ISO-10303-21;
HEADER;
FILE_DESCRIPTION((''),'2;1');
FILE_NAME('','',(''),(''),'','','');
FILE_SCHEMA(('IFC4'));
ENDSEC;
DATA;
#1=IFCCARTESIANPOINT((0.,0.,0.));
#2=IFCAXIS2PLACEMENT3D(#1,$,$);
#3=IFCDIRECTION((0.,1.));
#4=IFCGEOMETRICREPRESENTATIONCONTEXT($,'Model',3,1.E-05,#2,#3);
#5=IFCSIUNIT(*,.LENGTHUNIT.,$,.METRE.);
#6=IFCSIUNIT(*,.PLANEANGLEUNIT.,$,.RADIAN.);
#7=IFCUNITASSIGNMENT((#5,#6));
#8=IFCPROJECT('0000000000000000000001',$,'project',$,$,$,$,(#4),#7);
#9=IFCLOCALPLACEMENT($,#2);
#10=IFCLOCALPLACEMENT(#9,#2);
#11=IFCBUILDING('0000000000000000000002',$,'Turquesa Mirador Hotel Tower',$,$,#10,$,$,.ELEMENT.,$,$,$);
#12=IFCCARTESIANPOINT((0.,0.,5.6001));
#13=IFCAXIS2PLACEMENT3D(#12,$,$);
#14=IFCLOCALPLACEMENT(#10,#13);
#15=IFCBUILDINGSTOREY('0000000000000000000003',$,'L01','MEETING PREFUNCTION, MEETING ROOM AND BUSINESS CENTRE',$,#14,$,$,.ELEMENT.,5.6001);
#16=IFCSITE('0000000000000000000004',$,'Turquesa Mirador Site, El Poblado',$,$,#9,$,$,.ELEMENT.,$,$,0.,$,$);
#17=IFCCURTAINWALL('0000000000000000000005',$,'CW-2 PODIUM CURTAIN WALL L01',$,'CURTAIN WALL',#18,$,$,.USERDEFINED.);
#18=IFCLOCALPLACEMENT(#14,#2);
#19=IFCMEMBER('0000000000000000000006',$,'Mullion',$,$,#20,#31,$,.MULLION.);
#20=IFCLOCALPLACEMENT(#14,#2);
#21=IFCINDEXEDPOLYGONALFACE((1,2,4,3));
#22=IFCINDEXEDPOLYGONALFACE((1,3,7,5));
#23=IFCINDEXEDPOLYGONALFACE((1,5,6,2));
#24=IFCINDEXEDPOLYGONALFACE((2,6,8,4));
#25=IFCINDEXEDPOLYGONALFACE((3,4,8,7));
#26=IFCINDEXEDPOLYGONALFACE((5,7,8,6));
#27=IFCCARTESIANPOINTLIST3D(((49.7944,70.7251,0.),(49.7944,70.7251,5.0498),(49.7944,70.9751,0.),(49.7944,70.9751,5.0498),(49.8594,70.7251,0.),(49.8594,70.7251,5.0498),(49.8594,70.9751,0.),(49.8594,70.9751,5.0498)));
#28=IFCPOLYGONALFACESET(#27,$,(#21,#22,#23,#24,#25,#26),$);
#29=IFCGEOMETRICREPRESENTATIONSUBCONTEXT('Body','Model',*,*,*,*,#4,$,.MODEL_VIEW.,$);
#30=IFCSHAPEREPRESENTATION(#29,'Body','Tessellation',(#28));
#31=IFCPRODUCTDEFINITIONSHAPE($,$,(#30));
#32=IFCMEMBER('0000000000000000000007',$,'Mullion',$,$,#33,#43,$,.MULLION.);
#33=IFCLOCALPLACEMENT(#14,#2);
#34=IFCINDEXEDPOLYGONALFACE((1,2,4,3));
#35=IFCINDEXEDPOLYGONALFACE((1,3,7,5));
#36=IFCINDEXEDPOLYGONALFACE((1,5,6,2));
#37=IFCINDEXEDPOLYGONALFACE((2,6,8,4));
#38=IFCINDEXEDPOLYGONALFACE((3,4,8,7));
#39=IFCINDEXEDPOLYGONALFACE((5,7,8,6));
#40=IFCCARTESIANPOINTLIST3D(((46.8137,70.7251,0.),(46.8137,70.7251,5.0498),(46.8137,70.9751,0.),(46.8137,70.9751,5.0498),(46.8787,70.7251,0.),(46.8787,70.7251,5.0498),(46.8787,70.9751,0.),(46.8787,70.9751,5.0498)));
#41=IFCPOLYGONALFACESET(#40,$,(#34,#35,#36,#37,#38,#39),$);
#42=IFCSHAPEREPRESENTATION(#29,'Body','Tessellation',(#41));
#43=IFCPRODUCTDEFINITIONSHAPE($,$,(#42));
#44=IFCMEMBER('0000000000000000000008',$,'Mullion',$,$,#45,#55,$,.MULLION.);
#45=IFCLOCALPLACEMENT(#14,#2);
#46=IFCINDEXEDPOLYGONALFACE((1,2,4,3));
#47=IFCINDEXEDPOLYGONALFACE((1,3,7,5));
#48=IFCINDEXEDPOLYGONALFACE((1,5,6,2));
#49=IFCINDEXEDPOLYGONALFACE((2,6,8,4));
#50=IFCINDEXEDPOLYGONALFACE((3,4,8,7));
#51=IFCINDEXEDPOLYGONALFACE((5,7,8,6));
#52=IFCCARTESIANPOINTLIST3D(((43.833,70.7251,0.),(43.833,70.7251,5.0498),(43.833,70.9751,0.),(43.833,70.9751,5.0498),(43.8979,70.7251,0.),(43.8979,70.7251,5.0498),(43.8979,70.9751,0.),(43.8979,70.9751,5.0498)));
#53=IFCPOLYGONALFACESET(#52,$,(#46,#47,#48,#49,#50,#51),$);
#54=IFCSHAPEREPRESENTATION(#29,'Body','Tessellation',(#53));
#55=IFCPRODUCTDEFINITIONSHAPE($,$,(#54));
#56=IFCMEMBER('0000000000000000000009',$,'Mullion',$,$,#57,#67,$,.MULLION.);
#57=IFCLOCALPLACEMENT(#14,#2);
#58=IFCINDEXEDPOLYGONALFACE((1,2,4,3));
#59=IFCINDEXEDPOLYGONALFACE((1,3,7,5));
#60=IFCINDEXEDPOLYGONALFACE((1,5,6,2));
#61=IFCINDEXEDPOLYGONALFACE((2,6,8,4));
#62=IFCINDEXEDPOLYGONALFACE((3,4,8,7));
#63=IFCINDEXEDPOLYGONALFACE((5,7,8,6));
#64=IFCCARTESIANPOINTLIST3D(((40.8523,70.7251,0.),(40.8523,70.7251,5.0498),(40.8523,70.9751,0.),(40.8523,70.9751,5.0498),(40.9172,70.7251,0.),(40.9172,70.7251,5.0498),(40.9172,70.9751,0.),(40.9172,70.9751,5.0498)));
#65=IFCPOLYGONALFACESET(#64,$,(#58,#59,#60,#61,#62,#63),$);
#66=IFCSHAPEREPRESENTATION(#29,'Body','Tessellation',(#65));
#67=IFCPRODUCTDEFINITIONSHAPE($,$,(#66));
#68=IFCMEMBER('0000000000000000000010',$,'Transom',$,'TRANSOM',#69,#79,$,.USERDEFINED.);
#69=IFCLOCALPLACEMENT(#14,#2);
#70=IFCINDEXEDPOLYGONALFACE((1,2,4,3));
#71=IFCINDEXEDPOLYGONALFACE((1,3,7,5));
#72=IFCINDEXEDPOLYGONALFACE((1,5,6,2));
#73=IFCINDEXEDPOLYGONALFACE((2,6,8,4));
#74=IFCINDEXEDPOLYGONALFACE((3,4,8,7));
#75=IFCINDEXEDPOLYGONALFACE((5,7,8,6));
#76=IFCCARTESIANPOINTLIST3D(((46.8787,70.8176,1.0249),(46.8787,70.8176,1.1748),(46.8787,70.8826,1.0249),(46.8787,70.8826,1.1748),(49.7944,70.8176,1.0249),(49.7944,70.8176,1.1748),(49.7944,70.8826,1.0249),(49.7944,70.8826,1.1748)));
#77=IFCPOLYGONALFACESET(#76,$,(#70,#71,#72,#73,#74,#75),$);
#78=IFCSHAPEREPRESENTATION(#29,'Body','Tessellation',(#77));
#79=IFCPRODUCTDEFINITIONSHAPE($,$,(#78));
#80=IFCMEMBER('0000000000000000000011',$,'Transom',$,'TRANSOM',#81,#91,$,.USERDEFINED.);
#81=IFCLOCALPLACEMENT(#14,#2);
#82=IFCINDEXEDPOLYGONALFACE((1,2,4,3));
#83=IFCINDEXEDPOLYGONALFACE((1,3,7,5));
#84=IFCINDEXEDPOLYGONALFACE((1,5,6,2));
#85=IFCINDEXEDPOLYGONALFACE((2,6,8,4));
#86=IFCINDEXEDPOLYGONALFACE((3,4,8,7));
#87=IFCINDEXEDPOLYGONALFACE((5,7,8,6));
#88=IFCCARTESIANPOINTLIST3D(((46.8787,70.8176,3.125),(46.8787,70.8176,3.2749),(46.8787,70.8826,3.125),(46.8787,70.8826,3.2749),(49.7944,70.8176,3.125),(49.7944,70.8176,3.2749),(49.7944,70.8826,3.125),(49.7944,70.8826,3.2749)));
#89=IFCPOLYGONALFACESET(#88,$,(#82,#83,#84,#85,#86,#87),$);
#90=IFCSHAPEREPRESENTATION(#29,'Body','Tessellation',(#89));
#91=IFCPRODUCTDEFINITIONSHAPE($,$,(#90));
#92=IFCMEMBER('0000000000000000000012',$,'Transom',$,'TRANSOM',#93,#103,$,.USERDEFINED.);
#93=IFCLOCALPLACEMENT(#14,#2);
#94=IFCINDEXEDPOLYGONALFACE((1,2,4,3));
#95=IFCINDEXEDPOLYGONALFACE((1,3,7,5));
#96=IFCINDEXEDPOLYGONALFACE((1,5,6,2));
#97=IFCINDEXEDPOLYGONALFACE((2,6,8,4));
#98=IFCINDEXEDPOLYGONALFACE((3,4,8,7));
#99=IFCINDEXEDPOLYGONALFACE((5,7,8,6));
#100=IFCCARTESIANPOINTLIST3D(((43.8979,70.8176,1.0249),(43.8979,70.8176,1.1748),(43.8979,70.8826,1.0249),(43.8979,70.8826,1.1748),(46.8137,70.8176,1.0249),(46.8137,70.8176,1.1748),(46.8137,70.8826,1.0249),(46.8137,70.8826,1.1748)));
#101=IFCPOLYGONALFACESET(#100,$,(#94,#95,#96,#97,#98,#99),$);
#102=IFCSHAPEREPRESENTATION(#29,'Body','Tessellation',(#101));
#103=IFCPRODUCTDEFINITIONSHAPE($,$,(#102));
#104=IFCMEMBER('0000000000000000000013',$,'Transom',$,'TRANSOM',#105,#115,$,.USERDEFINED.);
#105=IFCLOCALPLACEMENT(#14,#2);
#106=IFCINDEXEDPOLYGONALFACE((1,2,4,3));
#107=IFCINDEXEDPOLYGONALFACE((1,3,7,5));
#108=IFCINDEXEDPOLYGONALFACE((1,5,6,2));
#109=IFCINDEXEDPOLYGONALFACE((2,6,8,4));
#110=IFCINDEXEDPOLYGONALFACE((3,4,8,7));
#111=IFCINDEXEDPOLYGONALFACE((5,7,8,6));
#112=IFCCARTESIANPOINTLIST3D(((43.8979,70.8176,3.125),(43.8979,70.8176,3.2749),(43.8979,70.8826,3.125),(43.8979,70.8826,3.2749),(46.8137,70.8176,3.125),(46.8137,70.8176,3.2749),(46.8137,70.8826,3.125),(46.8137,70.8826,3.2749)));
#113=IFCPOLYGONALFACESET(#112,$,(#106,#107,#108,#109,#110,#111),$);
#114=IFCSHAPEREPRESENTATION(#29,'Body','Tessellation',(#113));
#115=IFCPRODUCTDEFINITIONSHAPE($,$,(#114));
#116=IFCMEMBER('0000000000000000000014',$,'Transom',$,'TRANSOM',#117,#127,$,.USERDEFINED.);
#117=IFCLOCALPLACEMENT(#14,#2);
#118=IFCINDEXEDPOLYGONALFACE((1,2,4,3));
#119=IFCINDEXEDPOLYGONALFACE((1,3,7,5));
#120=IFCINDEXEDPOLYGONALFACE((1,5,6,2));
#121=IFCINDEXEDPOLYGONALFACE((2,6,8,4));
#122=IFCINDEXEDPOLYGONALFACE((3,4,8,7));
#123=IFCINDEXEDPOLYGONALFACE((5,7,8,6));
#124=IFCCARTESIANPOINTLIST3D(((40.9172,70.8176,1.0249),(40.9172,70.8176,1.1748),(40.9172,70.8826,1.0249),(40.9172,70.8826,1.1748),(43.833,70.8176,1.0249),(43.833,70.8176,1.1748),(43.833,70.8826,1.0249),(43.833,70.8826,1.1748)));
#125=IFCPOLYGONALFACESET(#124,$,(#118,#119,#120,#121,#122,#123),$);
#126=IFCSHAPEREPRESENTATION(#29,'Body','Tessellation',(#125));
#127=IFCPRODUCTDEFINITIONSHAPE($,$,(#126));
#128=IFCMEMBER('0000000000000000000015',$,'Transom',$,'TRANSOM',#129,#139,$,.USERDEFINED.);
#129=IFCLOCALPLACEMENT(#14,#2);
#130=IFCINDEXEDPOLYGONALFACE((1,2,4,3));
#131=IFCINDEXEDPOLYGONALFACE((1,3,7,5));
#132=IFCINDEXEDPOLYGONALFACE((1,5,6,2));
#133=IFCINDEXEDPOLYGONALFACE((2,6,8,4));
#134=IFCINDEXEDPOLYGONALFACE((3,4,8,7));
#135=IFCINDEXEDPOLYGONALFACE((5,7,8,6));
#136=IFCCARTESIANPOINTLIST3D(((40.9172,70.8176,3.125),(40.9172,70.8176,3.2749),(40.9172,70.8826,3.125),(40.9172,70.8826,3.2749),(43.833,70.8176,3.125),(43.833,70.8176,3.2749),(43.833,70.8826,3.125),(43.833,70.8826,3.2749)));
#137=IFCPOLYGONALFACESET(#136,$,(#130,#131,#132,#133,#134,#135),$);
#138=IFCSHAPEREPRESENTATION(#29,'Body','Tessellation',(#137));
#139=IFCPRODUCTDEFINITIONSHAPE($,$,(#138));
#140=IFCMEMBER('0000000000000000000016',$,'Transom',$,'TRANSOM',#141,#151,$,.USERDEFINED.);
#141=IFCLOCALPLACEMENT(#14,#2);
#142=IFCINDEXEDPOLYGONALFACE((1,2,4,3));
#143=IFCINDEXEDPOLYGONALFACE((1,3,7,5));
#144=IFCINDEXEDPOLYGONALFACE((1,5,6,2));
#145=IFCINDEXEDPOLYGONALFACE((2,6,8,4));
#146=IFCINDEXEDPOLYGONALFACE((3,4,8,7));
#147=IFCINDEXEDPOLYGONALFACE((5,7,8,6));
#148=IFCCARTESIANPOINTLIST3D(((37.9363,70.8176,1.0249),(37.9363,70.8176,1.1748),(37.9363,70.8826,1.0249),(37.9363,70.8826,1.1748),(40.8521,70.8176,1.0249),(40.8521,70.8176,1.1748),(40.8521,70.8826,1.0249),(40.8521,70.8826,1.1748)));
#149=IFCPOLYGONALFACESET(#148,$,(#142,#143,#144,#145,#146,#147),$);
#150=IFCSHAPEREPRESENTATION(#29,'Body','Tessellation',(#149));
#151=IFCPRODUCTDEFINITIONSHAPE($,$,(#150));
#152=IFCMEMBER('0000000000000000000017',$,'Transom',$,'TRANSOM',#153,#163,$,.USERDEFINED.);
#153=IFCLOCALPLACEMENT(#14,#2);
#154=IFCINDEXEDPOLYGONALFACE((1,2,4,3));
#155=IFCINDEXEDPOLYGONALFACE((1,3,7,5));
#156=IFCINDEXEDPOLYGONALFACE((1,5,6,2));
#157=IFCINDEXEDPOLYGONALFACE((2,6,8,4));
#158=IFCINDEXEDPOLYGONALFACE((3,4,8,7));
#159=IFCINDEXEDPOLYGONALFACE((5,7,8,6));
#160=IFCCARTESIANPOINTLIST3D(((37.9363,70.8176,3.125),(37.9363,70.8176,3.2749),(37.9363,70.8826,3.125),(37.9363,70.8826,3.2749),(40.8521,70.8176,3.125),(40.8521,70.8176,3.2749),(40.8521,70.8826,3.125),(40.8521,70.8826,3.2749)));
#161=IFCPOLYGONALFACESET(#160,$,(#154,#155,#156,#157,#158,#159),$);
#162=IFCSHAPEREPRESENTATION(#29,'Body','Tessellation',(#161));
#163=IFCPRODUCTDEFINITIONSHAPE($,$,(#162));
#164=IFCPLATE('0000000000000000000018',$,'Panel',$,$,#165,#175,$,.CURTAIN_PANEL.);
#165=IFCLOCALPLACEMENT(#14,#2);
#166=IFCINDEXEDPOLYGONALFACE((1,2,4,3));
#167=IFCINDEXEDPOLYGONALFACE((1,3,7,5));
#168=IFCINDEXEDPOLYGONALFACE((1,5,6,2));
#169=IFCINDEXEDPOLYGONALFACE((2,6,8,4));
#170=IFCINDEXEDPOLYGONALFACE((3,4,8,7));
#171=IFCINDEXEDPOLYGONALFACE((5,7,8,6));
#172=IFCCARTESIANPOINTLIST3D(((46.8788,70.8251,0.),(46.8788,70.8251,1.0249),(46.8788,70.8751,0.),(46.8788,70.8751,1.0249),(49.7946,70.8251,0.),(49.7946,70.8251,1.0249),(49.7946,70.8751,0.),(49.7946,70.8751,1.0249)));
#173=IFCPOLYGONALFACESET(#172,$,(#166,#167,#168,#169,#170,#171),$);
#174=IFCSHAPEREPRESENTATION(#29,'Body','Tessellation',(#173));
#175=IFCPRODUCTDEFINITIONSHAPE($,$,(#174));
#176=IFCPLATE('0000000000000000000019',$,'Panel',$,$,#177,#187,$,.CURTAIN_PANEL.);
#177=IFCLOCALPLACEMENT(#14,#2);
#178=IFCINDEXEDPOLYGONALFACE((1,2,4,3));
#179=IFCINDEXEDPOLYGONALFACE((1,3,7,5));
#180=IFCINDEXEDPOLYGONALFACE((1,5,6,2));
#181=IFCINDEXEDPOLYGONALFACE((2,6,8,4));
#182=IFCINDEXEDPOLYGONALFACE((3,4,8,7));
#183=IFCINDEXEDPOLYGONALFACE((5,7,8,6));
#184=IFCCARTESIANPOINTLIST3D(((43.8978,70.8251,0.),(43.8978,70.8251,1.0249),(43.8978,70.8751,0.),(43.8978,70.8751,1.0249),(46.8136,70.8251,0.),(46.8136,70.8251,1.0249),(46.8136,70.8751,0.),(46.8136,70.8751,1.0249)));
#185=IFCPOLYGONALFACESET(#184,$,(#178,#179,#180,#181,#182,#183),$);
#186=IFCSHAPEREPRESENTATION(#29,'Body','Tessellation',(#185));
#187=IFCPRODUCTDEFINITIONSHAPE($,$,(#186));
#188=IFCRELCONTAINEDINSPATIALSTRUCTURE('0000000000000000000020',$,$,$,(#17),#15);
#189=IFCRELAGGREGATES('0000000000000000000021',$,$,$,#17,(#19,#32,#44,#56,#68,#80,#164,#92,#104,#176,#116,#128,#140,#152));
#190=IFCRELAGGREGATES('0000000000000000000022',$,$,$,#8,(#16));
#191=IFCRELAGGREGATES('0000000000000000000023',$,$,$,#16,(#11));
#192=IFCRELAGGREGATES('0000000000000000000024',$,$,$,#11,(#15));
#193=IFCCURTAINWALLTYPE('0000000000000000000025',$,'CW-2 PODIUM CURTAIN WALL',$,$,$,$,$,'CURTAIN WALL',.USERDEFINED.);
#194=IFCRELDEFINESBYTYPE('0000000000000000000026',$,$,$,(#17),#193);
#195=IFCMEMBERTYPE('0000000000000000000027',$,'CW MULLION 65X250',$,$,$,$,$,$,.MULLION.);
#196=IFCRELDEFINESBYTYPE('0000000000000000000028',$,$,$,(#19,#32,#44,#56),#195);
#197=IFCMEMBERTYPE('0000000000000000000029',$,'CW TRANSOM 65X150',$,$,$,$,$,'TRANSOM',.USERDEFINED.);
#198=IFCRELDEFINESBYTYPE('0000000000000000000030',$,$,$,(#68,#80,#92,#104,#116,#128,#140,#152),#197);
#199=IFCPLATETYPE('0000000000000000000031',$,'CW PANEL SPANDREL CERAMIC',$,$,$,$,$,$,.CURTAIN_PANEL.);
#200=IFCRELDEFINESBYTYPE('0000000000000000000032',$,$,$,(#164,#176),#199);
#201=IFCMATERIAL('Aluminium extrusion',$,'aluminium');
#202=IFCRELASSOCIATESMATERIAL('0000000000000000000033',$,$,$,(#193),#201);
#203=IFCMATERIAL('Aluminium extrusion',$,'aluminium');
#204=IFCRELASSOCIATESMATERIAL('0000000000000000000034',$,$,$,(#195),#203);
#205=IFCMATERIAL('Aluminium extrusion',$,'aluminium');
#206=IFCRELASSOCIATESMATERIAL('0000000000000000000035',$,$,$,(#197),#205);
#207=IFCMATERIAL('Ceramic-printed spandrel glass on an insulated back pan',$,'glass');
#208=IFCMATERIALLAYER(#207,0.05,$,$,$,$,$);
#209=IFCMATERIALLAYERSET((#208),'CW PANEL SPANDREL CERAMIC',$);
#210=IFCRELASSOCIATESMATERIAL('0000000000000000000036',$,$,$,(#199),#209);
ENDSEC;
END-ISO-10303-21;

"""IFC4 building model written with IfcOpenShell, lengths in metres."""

from ifc_helpers import new_model, si_unit, direction, frame, origin, origin_2d, place, context, subcontext, project, spatial, rectangle, extrude, material, layer, layer_set, material_profile, profile_set, type_object, element, aggregate, save


model = new_model("IFC4")

# Units and contexts
model_context = context("Model", 3, precision=1e-05, world=origin(), true_north=direction((0.0, 1.0)))
body_context = subcontext(model_context, "Body", "Model", "MODEL_VIEW")
ifc_project = project(units=[si_unit("LENGTHUNIT", "METRE"), si_unit("PLANEANGLEUNIT", "RADIAN")], contexts=[model_context])

# Site, building, storey
site_placement = place(None, origin())
site = spatial("IfcSite", under=ifc_project, at=site_placement, Name="Turquesa Mirador Site, El Poblado", CompositionType="ELEMENT", RefElevation=0.0)
building_placement = place(site_placement, origin())
building = spatial("IfcBuilding", under=site, at=building_placement, Name="Turquesa Mirador Hotel Tower", CompositionType="ELEMENT")
storey_placement = place(building_placement, frame((0.0, 0.0, 5.6001)))
storey = spatial("IfcBuildingStorey", under=building, at=storey_placement, Name="L01", Description="MEETING PREFUNCTION, MEETING ROOM AND BUSINESS CENTRE", CompositionType="ELEMENT", Elevation=5.6001)

# Curtain wall, members, plates
ifc_material_1 = material(Name="Aluminium extrusion", Category="aluminium")
curtain_wall_type = type_object("IfcCurtainWallType", Name="CW-2 PODIUM CURTAIN WALL", ElementType="CURTAIN WALL", PredefinedType="USERDEFINED", material=ifc_material_1)
curtain_wall_placement = place(storey_placement, origin())
curtain_wall = element("IfcCurtainWall", 1, at=curtain_wall_placement, inside=storey, type_object=curtain_wall_type, Name="CW-2 PODIUM CURTAIN WALL L01", ObjectType="CURTAIN WALL", PredefinedType="USERDEFINED")
ifc_material_2 = material(Name="Aluminium extrusion", Category="aluminium")
ifc_material_profile_1 = material_profile(ifc_material_2, rectangle(XDim=0.0649, YDim=0.25, at=origin_2d()), Name="MULLION 65X250")
ifc_profile_set_1 = profile_set([ifc_material_profile_1], Name="Aluminium extrusion")
member_type_1 = type_object("IfcMemberType", Name="CW MULLION 65X250", PredefinedType="MULLION", material=ifc_profile_set_1)
member_1_placement = place(storey_placement, frame((49.8269, 70.8501, 0.0), z_axis=(0.0, 0.0, 1.0), x_axis=(-1.0, 0.0, 0.0)))
member_1 = element("IfcMember", 2, at=member_1_placement, type_object=member_type_1, Name="Mullion", PredefinedType="MULLION", context=body_context, shape_type="SweptSolid", body=[
    extrude(rectangle(XDim=0.0649, YDim=0.25, at=origin_2d()), origin(), (0.0, 0.0, 1.0), 5.0498),
])
member_2_placement = place(storey_placement, frame((46.8462, 70.8501, 0.0), z_axis=(0.0, 0.0, 1.0), x_axis=(-1.0, 0.0, 0.0)))
member_2 = element("IfcMember", 3, at=member_2_placement, type_object=member_type_1, Name="Mullion", PredefinedType="MULLION", context=body_context, shape_type="SweptSolid", body=[
    extrude(rectangle(XDim=0.0649, YDim=0.25, at=origin_2d()), origin(), (0.0, 0.0, 1.0), 5.0498),
])
member_3_placement = place(storey_placement, frame((43.8655, 70.8501, 0.0), z_axis=(0.0, 0.0, 1.0), x_axis=(-1.0, 0.0, 0.0)))
member_3 = element("IfcMember", 4, at=member_3_placement, type_object=member_type_1, Name="Mullion", PredefinedType="MULLION", context=body_context, shape_type="SweptSolid", body=[
    extrude(rectangle(XDim=0.0649, YDim=0.25, at=origin_2d()), origin(), (0.0, 0.0, 1.0), 5.0498),
])
member_4_placement = place(storey_placement, frame((40.8848, 70.8501, 0.0), z_axis=(0.0, 0.0, 1.0), x_axis=(-1.0, 0.0, 0.0)))
member_4 = element("IfcMember", 5, at=member_4_placement, type_object=member_type_1, Name="Mullion", PredefinedType="MULLION", context=body_context, shape_type="SweptSolid", body=[
    extrude(rectangle(XDim=0.0649, YDim=0.25, at=origin_2d()), origin(), (0.0, 0.0, 1.0), 5.0498),
])
ifc_material_3 = material(Name="Aluminium extrusion", Category="aluminium")
ifc_material_profile_2 = material_profile(ifc_material_3, rectangle(XDim=0.0649, YDim=0.1499, at=origin_2d()), Name="TRANSOM 65X150")
ifc_profile_set_2 = profile_set([ifc_material_profile_2], Name="Aluminium extrusion")
member_type_2 = type_object("IfcMemberType", Name="CW TRANSOM 65X150", ElementType="TRANSOM", PredefinedType="USERDEFINED", material=ifc_profile_set_2)
member_5_placement = place(storey_placement, frame((49.7944, 70.8501, 1.0999), z_axis=(-1.0, 0.0, 0.0), x_axis=(0.0, -1.0, 0.0)))
member_5 = element("IfcMember", 6, at=member_5_placement, type_object=member_type_2, Name="Transom", ObjectType="TRANSOM", PredefinedType="USERDEFINED", context=body_context, shape_type="SweptSolid", body=[
    extrude(rectangle(XDim=0.0649, YDim=0.1499, at=origin_2d()), origin(), (0.0, 0.0, 1.0), 2.9158),
])
member_6_placement = place(storey_placement, frame((49.7944, 70.8501, 3.2), z_axis=(-1.0, 0.0, 0.0), x_axis=(0.0, -1.0, 0.0)))
member_6 = element("IfcMember", 7, at=member_6_placement, type_object=member_type_2, Name="Transom", ObjectType="TRANSOM", PredefinedType="USERDEFINED", context=body_context, shape_type="SweptSolid", body=[
    extrude(rectangle(XDim=0.0649, YDim=0.1499, at=origin_2d()), origin(), (0.0, 0.0, 1.0), 2.9158),
])
member_7_placement = place(storey_placement, frame((46.8137, 70.8501, 1.0999), z_axis=(-1.0, 0.0, 0.0), x_axis=(0.0, -1.0, 0.0)))
member_7 = element("IfcMember", 8, at=member_7_placement, type_object=member_type_2, Name="Transom", ObjectType="TRANSOM", PredefinedType="USERDEFINED", context=body_context, shape_type="SweptSolid", body=[
    extrude(rectangle(XDim=0.0649, YDim=0.1499, at=origin_2d()), origin(), (0.0, 0.0, 1.0), 2.9158),
])
member_8_placement = place(storey_placement, frame((46.8137, 70.8501, 3.2), z_axis=(-1.0, 0.0, 0.0), x_axis=(0.0, -1.0, 0.0)))
member_8 = element("IfcMember", 9, at=member_8_placement, type_object=member_type_2, Name="Transom", ObjectType="TRANSOM", PredefinedType="USERDEFINED", context=body_context, shape_type="SweptSolid", body=[
    extrude(rectangle(XDim=0.0649, YDim=0.1499, at=origin_2d()), origin(), (0.0, 0.0, 1.0), 2.9158),
])
member_9_placement = place(storey_placement, frame((43.833, 70.8501, 1.0999), z_axis=(-1.0, 0.0, 0.0), x_axis=(0.0, -1.0, 0.0)))
member_9 = element("IfcMember", 10, at=member_9_placement, type_object=member_type_2, Name="Transom", ObjectType="TRANSOM", PredefinedType="USERDEFINED", context=body_context, shape_type="SweptSolid", body=[
    extrude(rectangle(XDim=0.0649, YDim=0.1499, at=origin_2d()), origin(), (0.0, 0.0, 1.0), 2.9158),
])
member_10_placement = place(storey_placement, frame((43.833, 70.8501, 3.2), z_axis=(-1.0, 0.0, 0.0), x_axis=(0.0, -1.0, 0.0)))
member_10 = element("IfcMember", 11, at=member_10_placement, type_object=member_type_2, Name="Transom", ObjectType="TRANSOM", PredefinedType="USERDEFINED", context=body_context, shape_type="SweptSolid", body=[
    extrude(rectangle(XDim=0.0649, YDim=0.1499, at=origin_2d()), origin(), (0.0, 0.0, 1.0), 2.9158),
])
member_11_placement = place(storey_placement, frame((40.8521, 70.8501, 1.0999), z_axis=(-1.0, 0.0, 0.0), x_axis=(0.0, -1.0, 0.0)))
member_11 = element("IfcMember", 12, at=member_11_placement, type_object=member_type_2, Name="Transom", ObjectType="TRANSOM", PredefinedType="USERDEFINED", context=body_context, shape_type="SweptSolid", body=[
    extrude(rectangle(XDim=0.0649, YDim=0.1499, at=origin_2d()), origin(), (0.0, 0.0, 1.0), 2.9158),
])
member_12_placement = place(storey_placement, frame((40.8521, 70.8501, 3.2), z_axis=(-1.0, 0.0, 0.0), x_axis=(0.0, -1.0, 0.0)))
member_12 = element("IfcMember", 13, at=member_12_placement, type_object=member_type_2, Name="Transom", ObjectType="TRANSOM", PredefinedType="USERDEFINED", context=body_context, shape_type="SweptSolid", body=[
    extrude(rectangle(XDim=0.0649, YDim=0.1499, at=origin_2d()), origin(), (0.0, 0.0, 1.0), 2.9158),
])
ifc_material_4 = material(Name="Ceramic-printed spandrel glass on an insulated back pan", Category="glass")
ifc_layer_1 = layer(ifc_material_4, 0.05)
ifc_layer_set_1 = layer_set([ifc_layer_1], Name="CW PANEL SPANDREL CERAMIC")
plate_type_1 = type_object("IfcPlateType", Name="CW PANEL SPANDREL CERAMIC", PredefinedType="CURTAIN_PANEL", material=ifc_layer_set_1)
plate_1_placement = place(storey_placement, frame((48.3367, 70.8501, 0.0), z_axis=(0.0, 0.0, 1.0), x_axis=(-1.0, 0.0, 0.0)))
plate_1 = element("IfcPlate", 14, at=plate_1_placement, type_object=plate_type_1, Name="Panel", PredefinedType="CURTAIN_PANEL", context=body_context, shape_type="SweptSolid", body=[
    extrude(rectangle(XDim=2.9158, YDim=0.05, at=origin_2d()), origin(), (0.0, 0.0, 1.0), 1.0249),
])
plate_2_placement = place(storey_placement, frame((45.3557, 70.8501, 0.0), z_axis=(0.0, 0.0, 1.0), x_axis=(-1.0, 0.0, 0.0)))
plate_2 = element("IfcPlate", 15, at=plate_2_placement, type_object=plate_type_1, Name="Panel", PredefinedType="CURTAIN_PANEL", context=body_context, shape_type="SweptSolid", body=[
    extrude(rectangle(XDim=2.9158, YDim=0.05, at=origin_2d()), origin(), (0.0, 0.0, 1.0), 1.0249),
])
aggregate(curtain_wall, [member_1, member_2, member_3, member_4, member_5, member_6, plate_1, member_7, member_8, plate_2, member_9, member_10, member_11, member_12])

save(model, "model.ifc")
